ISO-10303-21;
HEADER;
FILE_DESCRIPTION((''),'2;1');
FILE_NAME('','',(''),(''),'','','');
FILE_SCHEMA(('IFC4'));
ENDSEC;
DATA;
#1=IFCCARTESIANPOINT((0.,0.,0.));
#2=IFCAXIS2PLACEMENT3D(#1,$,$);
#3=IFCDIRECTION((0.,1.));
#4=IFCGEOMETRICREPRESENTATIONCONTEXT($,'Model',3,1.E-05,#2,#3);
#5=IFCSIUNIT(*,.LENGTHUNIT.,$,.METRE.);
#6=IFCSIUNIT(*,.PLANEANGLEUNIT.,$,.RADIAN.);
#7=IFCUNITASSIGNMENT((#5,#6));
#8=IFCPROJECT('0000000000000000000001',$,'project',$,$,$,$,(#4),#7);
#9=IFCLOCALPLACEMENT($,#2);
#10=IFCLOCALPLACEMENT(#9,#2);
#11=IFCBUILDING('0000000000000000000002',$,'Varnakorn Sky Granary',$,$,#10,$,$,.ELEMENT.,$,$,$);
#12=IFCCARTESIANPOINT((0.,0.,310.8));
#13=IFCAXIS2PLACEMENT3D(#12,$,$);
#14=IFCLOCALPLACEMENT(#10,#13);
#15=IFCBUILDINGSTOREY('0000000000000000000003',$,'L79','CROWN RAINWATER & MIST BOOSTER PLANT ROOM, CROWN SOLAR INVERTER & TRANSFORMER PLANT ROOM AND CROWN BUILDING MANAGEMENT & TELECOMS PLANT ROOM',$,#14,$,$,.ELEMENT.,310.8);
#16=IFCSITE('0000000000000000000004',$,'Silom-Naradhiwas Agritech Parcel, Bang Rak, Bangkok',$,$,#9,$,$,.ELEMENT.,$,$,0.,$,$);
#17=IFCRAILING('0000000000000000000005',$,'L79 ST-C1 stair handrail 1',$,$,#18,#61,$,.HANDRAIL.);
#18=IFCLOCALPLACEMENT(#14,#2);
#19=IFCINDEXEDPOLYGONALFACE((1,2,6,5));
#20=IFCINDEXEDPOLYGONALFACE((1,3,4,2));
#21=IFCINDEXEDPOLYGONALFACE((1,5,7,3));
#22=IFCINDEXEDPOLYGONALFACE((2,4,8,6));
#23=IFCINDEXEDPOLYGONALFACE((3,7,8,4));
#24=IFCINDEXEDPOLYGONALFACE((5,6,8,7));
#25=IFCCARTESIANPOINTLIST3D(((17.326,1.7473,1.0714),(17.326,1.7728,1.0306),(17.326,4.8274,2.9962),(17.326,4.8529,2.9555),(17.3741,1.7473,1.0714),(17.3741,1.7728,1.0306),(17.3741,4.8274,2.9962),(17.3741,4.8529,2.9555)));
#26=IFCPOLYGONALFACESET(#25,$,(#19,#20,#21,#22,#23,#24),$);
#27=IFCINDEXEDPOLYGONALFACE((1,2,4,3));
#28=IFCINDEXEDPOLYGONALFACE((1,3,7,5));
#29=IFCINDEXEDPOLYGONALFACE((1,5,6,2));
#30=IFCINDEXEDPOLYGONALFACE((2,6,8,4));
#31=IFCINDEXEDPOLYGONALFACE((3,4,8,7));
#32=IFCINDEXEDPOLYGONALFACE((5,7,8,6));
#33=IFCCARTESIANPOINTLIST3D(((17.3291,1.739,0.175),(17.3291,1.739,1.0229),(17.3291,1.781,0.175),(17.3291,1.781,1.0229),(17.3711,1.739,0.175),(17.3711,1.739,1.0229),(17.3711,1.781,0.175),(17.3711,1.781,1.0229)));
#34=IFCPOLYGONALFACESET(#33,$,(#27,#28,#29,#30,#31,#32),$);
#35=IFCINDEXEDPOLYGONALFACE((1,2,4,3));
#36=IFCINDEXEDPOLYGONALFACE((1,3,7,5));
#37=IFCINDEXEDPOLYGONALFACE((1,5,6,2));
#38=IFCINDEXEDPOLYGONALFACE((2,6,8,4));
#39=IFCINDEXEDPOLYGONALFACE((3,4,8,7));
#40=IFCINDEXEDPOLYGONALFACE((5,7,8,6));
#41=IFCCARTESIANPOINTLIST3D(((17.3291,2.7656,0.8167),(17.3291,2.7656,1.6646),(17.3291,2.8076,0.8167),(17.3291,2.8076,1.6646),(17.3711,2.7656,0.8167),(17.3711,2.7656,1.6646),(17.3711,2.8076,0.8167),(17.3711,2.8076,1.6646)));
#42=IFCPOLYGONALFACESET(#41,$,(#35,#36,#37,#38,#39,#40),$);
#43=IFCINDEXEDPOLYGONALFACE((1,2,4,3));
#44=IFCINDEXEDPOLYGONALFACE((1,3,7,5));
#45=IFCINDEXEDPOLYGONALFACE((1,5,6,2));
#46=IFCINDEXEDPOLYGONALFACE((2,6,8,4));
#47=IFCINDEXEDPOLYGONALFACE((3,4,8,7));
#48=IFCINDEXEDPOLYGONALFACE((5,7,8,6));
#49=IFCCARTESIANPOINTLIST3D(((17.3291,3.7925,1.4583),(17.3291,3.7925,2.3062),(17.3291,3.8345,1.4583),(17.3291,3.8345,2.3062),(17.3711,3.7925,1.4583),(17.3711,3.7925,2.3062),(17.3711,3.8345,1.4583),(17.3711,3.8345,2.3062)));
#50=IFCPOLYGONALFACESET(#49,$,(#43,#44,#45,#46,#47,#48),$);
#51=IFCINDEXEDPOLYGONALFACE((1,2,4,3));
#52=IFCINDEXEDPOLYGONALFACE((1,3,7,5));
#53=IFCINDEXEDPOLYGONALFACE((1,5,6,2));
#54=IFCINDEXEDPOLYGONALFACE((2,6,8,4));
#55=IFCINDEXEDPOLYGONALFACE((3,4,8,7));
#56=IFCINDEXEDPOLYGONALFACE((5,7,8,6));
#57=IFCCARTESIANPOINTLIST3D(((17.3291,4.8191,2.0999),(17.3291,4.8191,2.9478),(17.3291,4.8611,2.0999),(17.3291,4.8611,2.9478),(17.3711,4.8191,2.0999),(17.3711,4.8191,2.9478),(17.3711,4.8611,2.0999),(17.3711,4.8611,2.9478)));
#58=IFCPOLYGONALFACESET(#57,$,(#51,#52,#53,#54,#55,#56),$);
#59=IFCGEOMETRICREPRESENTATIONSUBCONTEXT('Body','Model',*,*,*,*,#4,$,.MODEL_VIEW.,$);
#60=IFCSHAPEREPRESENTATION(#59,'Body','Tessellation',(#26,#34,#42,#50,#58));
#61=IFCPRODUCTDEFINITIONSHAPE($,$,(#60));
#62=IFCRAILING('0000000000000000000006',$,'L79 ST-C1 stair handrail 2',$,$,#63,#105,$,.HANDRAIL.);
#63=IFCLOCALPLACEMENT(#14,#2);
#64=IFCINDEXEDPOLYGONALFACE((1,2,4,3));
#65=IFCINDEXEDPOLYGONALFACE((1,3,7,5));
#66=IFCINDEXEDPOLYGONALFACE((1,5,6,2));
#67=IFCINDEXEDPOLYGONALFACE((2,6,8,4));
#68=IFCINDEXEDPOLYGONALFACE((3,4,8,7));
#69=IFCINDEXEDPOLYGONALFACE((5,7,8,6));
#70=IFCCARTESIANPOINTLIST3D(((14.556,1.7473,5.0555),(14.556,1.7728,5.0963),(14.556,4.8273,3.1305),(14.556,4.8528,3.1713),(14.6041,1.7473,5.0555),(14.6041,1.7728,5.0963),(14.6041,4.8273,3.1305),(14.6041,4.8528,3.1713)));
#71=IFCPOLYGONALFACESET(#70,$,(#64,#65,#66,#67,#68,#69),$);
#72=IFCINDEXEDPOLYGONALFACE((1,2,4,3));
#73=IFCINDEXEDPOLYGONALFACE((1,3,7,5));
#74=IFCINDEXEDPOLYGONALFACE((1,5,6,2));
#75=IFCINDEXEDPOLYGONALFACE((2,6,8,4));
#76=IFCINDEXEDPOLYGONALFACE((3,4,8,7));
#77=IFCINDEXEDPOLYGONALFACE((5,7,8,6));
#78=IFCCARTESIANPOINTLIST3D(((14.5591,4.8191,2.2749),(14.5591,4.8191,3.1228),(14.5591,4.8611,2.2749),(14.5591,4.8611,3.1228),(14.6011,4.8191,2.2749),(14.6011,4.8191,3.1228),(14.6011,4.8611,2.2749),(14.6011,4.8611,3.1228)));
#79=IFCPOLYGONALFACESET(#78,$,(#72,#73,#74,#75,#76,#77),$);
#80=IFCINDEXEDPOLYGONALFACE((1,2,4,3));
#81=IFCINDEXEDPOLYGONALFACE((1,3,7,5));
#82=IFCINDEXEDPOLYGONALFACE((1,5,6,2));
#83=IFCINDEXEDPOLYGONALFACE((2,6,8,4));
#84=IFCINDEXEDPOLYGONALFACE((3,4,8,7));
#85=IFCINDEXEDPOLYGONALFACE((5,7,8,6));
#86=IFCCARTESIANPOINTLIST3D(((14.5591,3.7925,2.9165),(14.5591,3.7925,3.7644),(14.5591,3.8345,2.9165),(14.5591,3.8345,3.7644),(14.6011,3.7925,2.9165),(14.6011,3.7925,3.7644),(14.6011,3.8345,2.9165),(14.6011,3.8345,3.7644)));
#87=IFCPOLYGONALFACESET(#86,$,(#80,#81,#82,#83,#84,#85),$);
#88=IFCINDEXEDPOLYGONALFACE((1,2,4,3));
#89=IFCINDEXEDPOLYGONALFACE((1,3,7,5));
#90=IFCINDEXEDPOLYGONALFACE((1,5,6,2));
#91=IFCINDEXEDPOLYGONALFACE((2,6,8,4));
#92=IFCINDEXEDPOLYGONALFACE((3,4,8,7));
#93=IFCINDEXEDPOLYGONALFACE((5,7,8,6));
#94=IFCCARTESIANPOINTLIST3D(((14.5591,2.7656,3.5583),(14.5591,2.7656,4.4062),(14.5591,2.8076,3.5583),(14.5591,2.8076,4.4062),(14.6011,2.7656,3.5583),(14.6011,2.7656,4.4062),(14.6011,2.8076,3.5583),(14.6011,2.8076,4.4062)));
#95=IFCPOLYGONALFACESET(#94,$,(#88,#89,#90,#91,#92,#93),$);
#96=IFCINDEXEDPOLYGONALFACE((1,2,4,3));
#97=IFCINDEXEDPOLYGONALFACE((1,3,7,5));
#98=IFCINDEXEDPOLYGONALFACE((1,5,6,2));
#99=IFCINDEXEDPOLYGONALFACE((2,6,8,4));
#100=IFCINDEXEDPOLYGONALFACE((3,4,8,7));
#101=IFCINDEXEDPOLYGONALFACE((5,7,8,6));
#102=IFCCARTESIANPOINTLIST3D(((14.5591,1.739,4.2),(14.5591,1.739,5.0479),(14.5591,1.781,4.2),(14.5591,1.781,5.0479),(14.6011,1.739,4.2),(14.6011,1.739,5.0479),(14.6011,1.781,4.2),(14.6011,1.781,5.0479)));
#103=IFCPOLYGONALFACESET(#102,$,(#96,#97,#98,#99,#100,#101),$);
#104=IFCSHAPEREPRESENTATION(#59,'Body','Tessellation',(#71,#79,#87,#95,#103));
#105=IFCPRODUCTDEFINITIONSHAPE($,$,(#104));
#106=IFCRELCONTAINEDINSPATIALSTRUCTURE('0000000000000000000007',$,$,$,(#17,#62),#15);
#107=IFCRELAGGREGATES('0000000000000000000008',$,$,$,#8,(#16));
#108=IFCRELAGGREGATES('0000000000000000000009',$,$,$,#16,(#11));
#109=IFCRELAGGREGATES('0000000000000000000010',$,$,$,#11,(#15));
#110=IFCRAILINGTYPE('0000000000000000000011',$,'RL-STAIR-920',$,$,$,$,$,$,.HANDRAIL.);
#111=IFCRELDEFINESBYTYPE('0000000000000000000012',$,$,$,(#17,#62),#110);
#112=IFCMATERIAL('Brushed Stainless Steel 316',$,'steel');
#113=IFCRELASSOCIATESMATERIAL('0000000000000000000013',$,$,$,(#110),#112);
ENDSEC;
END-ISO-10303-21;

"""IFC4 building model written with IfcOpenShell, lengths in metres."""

from ifc_helpers import new_model, si_unit, direction, frame, origin, origin_2d, place, context, subcontext, project, spatial, rectangle, extrude, material, type_object, element, save


model = new_model("IFC4")

# Units and contexts
model_context = context("Model", 3, precision=1e-05, world=origin(), true_north=direction((0.0, 1.0)))
body_context = subcontext(model_context, "Body", "Model", "MODEL_VIEW")
ifc_project = project(units=[si_unit("LENGTHUNIT", "METRE"), si_unit("PLANEANGLEUNIT", "RADIAN")], contexts=[model_context])

# Site, building, storey
site_placement = place(None, origin())
site = spatial("IfcSite", under=ifc_project, at=site_placement, Name="Silom-Naradhiwas Agritech Parcel, Bang Rak, Bangkok", CompositionType="ELEMENT", RefElevation=0.0)
building_placement = place(site_placement, origin())
building = spatial("IfcBuilding", under=site, at=building_placement, Name="Varnakorn Sky Granary", CompositionType="ELEMENT")
storey_placement = place(building_placement, frame((0.0, 0.0, 310.8)))
storey = spatial("IfcBuildingStorey", under=building, at=storey_placement, Name="L79", Description="CROWN RAINWATER & MIST BOOSTER PLANT ROOM, CROWN SOLAR INVERTER & TRANSFORMER PLANT ROOM AND CROWN BUILDING MANAGEMENT & TELECOMS PLANT ROOM", CompositionType="ELEMENT", Elevation=310.8)

# Railings
ifc_material_1 = material(Name="Brushed Stainless Steel 316", Category="steel")
railing_type_1 = type_object("IfcRailingType", Name="RL-STAIR-920", PredefinedType="HANDRAIL", material=ifc_material_1)
railing_1_placement = place(storey_placement, frame((17.3501, 1.76, 0.175)))
element("IfcRailing", 1, at=railing_1_placement, inside=storey, type_object=railing_type_1, Name="L79 ST-C1 stair handrail 1", PredefinedType="HANDRAIL", context=body_context, shape_type="SweptSolid", body=[
    extrude(rectangle(XDim=0.0481, YDim=0.0481, at=origin_2d()), frame((0.0, 0.0, 0.876), z_axis=(0.0, 0.848029, 0.529951), x_axis=(-1.0, 0.0, 0.0)), (0.0, 0.0, 1.0), 3.6321),
    extrude(rectangle(XDim=0.042, YDim=0.042, at=origin_2d()), origin(), (0.0, 0.0, 1.0), 0.8479),
    extrude(rectangle(XDim=0.042, YDim=0.042, at=origin_2d()), frame((0.0, 1.0266, 0.6416)), (0.0, 0.0, 1.0), 0.8479),
    extrude(rectangle(XDim=0.042, YDim=0.042, at=origin_2d()), frame((0.0, 2.0535, 1.2832)), (0.0, 0.0, 1.0), 0.8479),
    extrude(rectangle(XDim=0.042, YDim=0.042, at=origin_2d()), frame((0.0, 3.0801, 1.9248)), (0.0, 0.0, 1.0), 0.8479),
])
railing_2_placement = place(storey_placement, frame((14.5801, 4.8401, 2.2749)))
element("IfcRailing", 2, at=railing_2_placement, inside=storey, type_object=railing_type_1, Name="L79 ST-C1 stair handrail 2", PredefinedType="HANDRAIL", context=body_context, shape_type="SweptSolid", body=[
    extrude(rectangle(XDim=0.0481, YDim=0.0481, at=origin_2d()), frame((0.0, 0.0, 0.876), z_axis=(0.0, -0.847998, 0.529999), x_axis=(1.0, 0.0, 0.0)), (0.0, 0.0, 1.0), 3.6321),
    extrude(rectangle(XDim=0.042, YDim=0.042, at=origin_2d()), origin(), (0.0, 0.0, 1.0), 0.8479),
    extrude(rectangle(XDim=0.042, YDim=0.042, at=origin_2d()), frame((0.0, -1.0266, 0.6416)), (0.0, 0.0, 1.0), 0.8479),
    extrude(rectangle(XDim=0.042, YDim=0.042, at=origin_2d()), frame((0.0, -2.0535, 1.2834)), (0.0, 0.0, 1.0), 0.8479),
    extrude(rectangle(XDim=0.042, YDim=0.042, at=origin_2d()), frame((0.0, -3.0801, 1.925)), (0.0, 0.0, 1.0), 0.8479),
])

save(model, "model.ifc")
